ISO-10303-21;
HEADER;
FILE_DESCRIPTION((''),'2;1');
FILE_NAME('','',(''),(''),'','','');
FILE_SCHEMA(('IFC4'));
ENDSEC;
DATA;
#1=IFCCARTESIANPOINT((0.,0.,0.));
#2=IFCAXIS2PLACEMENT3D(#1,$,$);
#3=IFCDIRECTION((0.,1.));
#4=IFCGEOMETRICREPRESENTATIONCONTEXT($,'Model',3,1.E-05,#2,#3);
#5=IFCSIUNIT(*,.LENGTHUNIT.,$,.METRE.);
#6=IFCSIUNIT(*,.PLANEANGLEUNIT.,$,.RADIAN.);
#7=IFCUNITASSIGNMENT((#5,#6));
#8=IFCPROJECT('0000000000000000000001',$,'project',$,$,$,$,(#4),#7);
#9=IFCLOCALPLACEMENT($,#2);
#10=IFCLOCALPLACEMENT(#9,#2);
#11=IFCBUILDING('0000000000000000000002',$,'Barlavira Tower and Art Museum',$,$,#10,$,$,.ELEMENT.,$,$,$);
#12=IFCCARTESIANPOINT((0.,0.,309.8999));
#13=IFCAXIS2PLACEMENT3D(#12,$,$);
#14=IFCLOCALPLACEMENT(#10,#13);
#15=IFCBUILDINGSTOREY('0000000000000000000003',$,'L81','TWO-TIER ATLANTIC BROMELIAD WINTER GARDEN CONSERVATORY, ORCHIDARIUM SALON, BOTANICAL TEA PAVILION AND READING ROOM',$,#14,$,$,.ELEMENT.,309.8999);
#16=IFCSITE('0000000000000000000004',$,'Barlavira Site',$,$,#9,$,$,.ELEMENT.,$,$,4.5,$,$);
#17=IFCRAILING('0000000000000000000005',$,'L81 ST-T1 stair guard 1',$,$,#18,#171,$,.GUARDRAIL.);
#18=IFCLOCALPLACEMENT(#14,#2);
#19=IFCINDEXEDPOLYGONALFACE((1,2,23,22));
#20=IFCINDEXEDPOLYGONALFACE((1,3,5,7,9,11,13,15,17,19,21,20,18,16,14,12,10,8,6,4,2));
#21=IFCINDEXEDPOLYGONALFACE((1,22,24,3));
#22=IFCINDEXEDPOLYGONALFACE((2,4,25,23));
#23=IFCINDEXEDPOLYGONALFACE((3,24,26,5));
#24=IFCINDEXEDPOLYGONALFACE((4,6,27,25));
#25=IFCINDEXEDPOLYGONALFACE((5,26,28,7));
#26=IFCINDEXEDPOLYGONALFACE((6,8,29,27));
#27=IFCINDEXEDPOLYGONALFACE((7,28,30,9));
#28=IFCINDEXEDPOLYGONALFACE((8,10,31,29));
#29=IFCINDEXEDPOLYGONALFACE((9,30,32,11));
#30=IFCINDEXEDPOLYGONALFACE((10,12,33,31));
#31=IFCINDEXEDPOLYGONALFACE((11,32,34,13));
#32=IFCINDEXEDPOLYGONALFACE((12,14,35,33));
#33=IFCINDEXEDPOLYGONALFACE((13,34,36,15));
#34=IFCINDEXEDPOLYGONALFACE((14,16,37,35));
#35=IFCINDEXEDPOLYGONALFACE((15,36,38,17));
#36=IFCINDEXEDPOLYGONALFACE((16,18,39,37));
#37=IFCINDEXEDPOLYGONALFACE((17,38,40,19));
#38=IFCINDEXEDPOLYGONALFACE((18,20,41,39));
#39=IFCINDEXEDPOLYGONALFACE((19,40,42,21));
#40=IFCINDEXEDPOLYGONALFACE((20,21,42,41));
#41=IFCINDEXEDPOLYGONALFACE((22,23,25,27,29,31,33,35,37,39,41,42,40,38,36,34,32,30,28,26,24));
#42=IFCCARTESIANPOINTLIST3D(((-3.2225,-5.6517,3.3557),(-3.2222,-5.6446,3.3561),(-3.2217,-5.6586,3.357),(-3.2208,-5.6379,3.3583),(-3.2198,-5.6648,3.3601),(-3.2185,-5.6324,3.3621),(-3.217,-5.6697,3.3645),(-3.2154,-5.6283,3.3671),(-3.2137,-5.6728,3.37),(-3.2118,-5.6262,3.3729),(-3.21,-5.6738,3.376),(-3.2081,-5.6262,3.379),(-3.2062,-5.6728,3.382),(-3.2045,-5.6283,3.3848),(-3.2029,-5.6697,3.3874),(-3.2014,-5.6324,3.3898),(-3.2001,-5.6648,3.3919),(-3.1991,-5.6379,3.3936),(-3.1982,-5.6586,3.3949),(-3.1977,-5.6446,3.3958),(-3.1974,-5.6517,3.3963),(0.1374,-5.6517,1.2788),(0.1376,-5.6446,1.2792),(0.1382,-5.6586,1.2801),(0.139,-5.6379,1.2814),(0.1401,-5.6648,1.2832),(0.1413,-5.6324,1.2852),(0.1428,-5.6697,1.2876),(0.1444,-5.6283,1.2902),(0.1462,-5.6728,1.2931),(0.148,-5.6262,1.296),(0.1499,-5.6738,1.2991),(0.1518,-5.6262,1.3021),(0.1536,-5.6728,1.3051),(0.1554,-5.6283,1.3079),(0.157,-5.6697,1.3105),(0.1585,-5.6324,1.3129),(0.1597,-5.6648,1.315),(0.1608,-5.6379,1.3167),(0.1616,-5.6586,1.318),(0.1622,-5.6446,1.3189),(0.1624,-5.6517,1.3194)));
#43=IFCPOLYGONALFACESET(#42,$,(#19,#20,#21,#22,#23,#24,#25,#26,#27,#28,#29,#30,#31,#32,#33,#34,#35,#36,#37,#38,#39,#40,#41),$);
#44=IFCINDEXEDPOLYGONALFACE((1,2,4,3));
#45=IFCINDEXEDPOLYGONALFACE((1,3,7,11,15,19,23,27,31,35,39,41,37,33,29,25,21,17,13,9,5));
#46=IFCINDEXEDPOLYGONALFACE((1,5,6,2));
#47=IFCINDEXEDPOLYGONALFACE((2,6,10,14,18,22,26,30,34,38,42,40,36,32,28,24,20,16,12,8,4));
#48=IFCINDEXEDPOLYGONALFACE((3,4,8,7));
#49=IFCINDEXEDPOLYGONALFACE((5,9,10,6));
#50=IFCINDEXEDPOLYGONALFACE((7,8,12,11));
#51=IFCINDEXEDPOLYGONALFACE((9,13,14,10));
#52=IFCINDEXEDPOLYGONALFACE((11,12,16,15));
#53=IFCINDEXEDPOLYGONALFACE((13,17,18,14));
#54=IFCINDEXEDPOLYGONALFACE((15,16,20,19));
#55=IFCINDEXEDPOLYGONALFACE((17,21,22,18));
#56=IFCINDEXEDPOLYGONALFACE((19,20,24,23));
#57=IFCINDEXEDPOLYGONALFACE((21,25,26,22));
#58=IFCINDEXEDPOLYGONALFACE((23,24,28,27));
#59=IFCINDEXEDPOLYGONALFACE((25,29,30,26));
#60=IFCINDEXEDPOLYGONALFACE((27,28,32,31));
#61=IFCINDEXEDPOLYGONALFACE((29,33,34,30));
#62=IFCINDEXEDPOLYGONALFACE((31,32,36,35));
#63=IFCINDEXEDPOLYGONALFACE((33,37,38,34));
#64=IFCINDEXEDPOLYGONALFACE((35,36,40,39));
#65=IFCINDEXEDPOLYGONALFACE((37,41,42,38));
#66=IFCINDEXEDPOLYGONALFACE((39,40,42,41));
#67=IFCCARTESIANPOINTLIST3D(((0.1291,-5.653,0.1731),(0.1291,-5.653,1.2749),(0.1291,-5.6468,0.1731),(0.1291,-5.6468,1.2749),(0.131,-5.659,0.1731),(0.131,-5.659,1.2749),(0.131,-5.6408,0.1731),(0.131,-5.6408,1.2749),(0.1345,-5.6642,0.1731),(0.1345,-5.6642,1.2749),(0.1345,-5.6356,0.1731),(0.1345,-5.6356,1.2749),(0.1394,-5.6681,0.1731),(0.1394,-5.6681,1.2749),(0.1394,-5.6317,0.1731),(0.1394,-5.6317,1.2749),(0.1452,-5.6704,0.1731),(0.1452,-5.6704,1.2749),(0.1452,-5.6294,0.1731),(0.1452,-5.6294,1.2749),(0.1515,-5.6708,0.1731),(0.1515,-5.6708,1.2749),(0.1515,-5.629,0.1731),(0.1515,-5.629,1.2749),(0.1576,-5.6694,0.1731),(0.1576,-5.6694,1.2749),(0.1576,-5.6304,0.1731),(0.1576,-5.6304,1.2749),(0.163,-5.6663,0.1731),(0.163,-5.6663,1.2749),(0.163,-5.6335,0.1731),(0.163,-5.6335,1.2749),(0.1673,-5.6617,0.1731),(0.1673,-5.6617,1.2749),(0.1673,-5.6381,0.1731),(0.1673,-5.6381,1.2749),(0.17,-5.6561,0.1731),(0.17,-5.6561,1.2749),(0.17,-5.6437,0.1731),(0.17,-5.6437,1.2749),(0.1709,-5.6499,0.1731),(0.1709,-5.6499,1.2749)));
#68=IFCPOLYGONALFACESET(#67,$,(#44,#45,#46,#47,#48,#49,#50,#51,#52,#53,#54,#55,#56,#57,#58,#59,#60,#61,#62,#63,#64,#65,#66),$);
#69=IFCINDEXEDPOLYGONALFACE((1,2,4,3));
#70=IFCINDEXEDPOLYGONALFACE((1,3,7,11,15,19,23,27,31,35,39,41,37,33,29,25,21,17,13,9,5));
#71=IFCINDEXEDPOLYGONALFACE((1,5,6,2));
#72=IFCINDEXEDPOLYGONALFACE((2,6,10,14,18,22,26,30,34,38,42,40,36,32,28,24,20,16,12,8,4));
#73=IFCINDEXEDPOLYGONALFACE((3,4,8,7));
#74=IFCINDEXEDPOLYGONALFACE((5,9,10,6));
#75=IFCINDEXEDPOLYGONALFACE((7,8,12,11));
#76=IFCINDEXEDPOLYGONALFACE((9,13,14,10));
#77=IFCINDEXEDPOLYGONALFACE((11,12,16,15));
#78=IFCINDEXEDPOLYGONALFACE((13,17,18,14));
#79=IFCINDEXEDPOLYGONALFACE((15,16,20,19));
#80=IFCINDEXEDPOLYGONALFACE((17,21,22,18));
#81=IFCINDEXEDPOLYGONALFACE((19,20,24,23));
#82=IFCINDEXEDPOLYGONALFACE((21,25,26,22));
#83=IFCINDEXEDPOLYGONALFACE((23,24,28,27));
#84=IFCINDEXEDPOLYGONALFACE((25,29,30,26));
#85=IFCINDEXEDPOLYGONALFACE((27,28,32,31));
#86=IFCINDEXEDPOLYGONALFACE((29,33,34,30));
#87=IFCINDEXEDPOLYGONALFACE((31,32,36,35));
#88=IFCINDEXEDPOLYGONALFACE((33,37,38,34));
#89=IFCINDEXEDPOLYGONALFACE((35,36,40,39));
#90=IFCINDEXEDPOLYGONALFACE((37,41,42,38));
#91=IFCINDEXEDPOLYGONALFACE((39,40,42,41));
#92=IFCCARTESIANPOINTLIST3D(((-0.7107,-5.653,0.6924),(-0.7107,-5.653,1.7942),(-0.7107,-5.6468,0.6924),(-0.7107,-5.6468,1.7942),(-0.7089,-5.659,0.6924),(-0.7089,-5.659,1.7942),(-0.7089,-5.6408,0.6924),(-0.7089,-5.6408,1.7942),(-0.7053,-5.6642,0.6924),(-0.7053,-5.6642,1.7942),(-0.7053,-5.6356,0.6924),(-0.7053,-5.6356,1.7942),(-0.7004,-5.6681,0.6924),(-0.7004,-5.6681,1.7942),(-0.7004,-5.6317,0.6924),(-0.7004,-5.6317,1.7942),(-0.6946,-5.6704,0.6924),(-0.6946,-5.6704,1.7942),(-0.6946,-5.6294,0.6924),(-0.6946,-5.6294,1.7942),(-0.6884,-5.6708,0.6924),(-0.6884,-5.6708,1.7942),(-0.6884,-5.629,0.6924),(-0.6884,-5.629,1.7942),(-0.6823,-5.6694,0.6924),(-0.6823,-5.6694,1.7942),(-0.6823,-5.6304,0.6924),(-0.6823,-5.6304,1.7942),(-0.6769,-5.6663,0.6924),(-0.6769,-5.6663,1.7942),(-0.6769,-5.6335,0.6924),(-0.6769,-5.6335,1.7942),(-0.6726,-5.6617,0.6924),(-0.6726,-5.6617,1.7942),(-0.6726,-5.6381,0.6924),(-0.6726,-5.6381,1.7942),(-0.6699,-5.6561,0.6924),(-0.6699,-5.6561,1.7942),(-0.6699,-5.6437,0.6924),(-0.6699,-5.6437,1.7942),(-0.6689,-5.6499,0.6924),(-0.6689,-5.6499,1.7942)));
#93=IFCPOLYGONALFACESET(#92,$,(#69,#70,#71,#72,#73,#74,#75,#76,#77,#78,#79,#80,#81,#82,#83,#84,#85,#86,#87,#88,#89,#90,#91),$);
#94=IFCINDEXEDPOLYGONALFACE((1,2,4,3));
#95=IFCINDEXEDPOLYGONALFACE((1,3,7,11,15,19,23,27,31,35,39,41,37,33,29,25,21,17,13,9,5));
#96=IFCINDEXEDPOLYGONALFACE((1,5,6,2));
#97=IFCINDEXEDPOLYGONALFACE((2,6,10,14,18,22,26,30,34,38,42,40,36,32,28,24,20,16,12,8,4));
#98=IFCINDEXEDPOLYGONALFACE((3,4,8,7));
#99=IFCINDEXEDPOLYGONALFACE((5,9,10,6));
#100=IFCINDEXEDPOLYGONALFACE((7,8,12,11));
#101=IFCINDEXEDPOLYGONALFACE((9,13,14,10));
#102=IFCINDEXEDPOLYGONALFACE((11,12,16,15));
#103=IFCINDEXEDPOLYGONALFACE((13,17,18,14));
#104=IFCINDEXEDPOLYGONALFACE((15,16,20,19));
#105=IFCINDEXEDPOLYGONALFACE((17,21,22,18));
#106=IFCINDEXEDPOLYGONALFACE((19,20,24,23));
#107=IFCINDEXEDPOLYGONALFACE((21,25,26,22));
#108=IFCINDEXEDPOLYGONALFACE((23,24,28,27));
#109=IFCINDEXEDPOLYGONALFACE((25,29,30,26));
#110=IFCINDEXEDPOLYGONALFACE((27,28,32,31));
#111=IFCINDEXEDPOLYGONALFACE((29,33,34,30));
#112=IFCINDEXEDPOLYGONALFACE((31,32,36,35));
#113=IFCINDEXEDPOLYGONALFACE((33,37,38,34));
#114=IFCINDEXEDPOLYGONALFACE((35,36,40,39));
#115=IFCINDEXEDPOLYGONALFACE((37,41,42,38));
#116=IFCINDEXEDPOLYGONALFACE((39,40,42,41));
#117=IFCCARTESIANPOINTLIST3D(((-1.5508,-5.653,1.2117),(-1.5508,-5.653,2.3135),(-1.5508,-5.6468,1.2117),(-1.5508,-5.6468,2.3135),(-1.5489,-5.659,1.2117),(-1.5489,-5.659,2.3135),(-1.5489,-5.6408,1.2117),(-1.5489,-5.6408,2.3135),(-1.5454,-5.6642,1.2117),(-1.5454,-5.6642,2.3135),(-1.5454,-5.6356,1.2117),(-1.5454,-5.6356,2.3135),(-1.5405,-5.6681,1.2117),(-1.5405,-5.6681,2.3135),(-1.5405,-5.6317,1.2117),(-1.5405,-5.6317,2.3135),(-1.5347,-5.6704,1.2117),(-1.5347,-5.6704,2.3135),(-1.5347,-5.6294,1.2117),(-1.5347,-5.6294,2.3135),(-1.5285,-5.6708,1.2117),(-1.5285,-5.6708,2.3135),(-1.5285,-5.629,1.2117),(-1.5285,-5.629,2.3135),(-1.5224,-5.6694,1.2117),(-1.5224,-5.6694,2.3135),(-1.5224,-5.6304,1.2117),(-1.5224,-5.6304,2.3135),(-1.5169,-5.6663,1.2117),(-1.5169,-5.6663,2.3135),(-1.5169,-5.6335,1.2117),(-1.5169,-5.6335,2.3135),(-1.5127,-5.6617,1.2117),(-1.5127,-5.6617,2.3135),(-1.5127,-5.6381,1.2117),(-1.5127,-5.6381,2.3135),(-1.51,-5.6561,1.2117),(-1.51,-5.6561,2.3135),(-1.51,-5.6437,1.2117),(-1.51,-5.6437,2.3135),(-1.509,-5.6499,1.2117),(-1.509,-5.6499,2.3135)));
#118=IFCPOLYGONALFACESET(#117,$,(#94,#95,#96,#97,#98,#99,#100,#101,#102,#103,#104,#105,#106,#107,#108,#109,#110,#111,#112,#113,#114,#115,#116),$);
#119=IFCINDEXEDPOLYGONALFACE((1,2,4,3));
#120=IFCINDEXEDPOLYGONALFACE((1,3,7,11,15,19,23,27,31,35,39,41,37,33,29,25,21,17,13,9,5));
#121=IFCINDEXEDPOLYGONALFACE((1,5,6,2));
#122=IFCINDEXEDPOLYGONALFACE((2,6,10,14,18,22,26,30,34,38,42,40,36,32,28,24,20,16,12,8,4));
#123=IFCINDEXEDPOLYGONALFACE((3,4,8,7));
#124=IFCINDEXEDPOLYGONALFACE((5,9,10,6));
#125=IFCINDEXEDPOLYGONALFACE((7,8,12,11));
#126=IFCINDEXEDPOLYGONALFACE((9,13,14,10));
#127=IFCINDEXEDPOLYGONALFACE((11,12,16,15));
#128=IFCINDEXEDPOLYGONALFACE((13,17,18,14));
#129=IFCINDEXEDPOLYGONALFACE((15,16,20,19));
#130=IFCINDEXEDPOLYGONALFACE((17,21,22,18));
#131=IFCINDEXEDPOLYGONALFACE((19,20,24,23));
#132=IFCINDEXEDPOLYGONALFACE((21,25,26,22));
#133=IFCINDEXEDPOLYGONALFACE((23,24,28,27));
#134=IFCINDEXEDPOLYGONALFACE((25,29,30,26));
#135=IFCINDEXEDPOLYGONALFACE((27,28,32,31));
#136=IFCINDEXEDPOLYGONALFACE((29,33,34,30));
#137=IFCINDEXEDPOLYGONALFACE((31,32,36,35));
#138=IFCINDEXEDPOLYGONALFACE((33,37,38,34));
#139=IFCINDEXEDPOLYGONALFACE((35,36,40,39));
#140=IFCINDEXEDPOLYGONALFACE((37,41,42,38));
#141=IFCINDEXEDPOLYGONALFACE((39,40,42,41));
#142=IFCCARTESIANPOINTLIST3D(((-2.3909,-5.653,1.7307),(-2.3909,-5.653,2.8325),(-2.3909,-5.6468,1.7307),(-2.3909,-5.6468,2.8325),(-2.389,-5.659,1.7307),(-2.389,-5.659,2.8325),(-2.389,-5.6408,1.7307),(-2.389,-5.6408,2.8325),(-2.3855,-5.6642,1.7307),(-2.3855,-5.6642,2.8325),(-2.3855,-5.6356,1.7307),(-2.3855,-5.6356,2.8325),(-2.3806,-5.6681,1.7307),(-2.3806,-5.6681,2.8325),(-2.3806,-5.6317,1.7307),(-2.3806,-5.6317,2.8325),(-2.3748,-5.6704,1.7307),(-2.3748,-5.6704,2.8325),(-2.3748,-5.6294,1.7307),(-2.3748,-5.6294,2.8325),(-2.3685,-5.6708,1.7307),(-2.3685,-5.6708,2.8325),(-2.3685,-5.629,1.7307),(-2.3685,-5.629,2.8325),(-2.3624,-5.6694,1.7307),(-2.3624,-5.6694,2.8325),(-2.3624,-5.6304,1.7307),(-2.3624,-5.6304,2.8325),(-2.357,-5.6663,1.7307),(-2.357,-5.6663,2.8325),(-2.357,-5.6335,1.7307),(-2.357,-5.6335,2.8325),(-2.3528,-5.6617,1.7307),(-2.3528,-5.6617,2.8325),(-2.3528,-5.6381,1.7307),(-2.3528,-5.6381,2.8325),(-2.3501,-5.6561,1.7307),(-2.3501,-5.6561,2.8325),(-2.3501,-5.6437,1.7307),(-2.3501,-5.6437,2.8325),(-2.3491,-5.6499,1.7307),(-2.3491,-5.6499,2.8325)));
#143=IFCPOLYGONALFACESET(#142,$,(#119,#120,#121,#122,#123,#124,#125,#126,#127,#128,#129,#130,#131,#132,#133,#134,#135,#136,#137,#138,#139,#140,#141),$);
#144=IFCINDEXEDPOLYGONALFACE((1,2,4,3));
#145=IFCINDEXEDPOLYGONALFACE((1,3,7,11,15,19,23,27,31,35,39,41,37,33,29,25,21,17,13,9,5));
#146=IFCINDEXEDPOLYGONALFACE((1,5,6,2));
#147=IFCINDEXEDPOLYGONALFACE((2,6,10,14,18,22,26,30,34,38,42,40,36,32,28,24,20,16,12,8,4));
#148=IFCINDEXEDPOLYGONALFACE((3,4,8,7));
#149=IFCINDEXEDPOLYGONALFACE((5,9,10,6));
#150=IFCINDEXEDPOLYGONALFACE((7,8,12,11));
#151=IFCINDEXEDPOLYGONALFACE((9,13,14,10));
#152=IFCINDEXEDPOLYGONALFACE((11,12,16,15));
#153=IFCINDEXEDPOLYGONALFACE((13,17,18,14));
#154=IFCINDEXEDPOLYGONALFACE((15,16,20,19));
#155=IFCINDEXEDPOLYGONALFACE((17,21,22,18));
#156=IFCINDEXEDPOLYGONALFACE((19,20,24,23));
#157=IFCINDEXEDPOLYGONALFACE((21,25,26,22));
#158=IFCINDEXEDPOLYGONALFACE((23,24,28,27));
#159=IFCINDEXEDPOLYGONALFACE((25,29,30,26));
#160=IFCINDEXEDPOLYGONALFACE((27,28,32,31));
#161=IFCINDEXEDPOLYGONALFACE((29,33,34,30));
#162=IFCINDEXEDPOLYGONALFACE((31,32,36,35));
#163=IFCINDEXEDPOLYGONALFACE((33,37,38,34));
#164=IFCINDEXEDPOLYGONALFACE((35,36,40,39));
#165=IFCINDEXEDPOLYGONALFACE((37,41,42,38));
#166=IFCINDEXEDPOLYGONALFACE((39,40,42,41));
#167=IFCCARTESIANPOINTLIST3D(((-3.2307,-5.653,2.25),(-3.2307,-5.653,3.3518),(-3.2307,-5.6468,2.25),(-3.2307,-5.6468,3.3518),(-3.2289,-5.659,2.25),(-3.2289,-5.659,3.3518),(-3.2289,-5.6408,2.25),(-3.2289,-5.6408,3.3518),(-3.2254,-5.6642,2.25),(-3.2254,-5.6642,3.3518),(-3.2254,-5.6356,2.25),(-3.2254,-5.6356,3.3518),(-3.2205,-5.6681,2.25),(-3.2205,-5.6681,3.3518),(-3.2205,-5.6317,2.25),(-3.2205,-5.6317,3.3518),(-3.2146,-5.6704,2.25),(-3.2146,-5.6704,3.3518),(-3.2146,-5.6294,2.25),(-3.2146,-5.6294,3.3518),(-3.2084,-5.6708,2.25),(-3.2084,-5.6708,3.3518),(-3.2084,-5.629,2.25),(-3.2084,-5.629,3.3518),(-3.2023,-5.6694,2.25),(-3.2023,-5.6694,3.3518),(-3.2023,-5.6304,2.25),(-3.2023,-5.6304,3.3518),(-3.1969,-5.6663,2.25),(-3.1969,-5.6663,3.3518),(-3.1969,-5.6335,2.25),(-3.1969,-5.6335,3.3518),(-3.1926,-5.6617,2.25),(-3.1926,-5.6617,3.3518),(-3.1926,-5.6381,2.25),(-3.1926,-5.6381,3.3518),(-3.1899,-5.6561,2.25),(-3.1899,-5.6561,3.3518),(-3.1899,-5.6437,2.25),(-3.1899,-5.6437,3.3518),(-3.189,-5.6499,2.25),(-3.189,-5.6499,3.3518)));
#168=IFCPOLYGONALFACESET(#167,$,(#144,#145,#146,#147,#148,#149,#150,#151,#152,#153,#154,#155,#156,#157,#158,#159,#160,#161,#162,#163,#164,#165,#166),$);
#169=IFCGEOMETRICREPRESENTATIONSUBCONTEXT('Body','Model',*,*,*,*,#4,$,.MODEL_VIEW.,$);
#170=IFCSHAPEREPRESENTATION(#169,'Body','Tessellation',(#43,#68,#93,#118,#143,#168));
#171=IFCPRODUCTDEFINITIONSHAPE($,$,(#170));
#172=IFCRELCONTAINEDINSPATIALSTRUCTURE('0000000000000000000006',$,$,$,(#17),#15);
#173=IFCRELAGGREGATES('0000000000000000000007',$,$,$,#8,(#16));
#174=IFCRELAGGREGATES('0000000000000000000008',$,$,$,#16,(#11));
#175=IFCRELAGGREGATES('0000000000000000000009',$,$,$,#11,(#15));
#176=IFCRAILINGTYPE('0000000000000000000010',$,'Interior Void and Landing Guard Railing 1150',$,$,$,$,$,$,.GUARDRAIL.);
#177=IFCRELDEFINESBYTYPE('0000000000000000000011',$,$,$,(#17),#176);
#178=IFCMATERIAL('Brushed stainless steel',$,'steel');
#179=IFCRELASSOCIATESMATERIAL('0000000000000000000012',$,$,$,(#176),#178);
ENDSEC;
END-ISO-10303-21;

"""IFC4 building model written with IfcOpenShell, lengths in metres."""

from ifc_helpers import new_model, si_unit, direction, frame, origin, origin_2d, place, context, subcontext, project, spatial, circle, extrude, material, type_object, element, save


model = new_model("IFC4")

# Units and contexts
model_context = context("Model", 3, precision=1e-05, world=origin(), true_north=direction((0.0, 1.0)))
body_context = subcontext(model_context, "Body", "Model", "MODEL_VIEW")
ifc_project = project(units=[si_unit("LENGTHUNIT", "METRE"), si_unit("PLANEANGLEUNIT", "RADIAN")], contexts=[model_context])

# Site, building, storey
site_placement = place(None, origin())
site = spatial("IfcSite", under=ifc_project, at=site_placement, Name="Barlavira Site", CompositionType="ELEMENT", RefElevation=4.5)
building_placement = place(site_placement, origin())
building = spatial("IfcBuilding", under=site, at=building_placement, Name="Barlavira Tower and Art Museum", CompositionType="ELEMENT")
storey_placement = place(building_placement, frame((0.0, 0.0, 309.8999)))
storey = spatial("IfcBuildingStorey", under=building, at=storey_placement, Name="L81", Description="TWO-TIER ATLANTIC BROMELIAD WINTER GARDEN CONSERVATORY, ORCHIDARIUM SALON, BOTANICAL TEA PAVILION AND READING ROOM", CompositionType="ELEMENT", Elevation=309.8999)

# Shared definitions
ifc_material_1 = material(Name="Brushed stainless steel", Category="steel")

# Railing
railing_type_1 = type_object("IfcRailingType", Name="Interior Void and Landing Guard Railing 1150", PredefinedType="GUARDRAIL", material=ifc_material_1)
railing_1_placement = place(storey_placement, frame((0.1499, -5.6499, 0.1731)))
element("IfcRailing", 1, at=railing_1_placement, inside=storey, type_object=railing_type_1, Name="L81 ST-T1 stair guard 1", PredefinedType="GUARDRAIL", context=body_context, shape_type="SweptSolid", body=[
    extrude(circle(Radius=0.0239, at=origin_2d()), frame((0.0, 0.0, 1.126), z_axis=(-0.850606, 0.0, 0.525803), x_axis=(0.0, -1.0, 0.0)), (0.0, 0.0, 1.0), 3.95),
    extrude(circle(Radius=0.021, at=origin_2d()), origin(), (0.0, 0.0, 1.0), 1.1018),
    extrude(circle(Radius=0.021, at=origin_2d()), frame((-0.8398, 0.0, 0.5193)), (0.0, 0.0, 1.0), 1.1018),
    extrude(circle(Radius=0.021, at=origin_2d()), frame((-1.6799, 0.0, 1.0386)), (0.0, 0.0, 1.0), 1.1018),
    extrude(circle(Radius=0.021, at=origin_2d()), frame((-2.52, 0.0, 1.5576)), (0.0, 0.0, 1.0), 1.1018),
    extrude(circle(Radius=0.021, at=origin_2d()), frame((-3.3599, 0.0, 2.0769)), (0.0, 0.0, 1.0), 1.1018),
])

save(model, "model.ifc")
